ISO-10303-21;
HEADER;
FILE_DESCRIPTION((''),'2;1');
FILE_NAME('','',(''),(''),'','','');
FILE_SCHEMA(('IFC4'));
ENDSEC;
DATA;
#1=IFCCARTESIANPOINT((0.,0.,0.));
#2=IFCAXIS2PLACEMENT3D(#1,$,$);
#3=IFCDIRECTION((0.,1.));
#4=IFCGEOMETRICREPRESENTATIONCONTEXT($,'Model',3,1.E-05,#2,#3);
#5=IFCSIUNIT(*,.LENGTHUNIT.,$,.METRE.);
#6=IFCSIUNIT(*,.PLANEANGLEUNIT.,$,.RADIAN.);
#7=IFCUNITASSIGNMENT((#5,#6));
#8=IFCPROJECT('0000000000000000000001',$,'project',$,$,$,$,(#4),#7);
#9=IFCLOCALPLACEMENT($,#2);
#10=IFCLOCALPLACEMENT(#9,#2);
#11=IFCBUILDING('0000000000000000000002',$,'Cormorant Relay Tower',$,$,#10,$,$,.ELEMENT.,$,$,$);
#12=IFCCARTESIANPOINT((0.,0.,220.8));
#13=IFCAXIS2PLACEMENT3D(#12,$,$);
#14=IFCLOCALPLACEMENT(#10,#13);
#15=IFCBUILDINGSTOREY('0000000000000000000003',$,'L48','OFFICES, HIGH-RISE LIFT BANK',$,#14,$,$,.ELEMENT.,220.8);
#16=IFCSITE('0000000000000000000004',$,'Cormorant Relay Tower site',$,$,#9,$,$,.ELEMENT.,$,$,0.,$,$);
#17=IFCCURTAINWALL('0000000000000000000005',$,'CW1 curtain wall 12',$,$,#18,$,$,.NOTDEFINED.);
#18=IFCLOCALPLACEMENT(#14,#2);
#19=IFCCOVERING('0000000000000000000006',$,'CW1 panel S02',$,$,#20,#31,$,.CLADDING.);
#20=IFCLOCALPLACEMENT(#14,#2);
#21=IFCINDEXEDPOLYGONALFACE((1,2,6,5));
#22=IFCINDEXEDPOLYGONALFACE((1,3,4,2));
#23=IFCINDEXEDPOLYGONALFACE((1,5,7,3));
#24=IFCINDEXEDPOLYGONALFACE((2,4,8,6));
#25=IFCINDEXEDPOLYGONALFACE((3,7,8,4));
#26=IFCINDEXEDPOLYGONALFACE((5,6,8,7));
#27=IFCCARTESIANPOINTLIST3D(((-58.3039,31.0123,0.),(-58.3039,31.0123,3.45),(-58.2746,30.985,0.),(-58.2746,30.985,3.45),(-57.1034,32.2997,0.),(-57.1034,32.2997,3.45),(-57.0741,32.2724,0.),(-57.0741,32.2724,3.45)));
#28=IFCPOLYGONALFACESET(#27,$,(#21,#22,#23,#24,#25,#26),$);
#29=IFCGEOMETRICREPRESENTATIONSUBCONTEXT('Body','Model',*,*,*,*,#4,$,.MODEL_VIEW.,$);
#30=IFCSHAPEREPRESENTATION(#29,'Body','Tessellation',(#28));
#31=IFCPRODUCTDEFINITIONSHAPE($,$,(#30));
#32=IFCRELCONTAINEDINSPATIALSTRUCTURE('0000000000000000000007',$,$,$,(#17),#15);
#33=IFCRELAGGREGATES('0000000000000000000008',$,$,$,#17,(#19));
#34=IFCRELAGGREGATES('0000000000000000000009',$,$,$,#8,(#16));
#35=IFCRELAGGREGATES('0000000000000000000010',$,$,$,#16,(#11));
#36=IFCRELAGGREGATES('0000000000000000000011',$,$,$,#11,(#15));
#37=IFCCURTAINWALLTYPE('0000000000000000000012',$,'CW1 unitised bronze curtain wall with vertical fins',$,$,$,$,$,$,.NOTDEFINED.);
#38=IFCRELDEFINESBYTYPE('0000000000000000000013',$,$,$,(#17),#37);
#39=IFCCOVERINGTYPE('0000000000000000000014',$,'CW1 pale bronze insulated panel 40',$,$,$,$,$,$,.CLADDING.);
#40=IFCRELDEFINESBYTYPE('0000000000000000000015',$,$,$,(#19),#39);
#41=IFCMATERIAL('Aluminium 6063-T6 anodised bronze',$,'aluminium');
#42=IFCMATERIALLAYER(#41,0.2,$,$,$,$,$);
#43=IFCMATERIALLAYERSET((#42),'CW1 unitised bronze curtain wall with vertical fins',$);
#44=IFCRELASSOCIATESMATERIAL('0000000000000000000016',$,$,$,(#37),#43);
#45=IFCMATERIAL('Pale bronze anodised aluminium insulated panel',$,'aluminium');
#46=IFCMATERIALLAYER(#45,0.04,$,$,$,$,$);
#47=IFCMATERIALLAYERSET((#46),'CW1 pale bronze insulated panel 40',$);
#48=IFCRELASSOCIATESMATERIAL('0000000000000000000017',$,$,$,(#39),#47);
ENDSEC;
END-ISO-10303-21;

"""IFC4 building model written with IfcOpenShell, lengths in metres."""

from ifc_helpers import new_model, si_unit, direction, frame, origin, origin_2d, place, context, subcontext, project, spatial, rectangle, extrude, material, layer, layer_set, type_object, element, aggregate, save


model = new_model("IFC4")

# Units and contexts
model_context = context("Model", 3, precision=1e-05, world=origin(), true_north=direction((0.0, 1.0)))
body_context = subcontext(model_context, "Body", "Model", "MODEL_VIEW")
ifc_project = project(units=[si_unit("LENGTHUNIT", "METRE"), si_unit("PLANEANGLEUNIT", "RADIAN")], contexts=[model_context])

# Site, building, storey
site_placement = place(None, origin())
site = spatial("IfcSite", under=ifc_project, at=site_placement, Name="Cormorant Relay Tower site", CompositionType="ELEMENT", RefElevation=0.0)
building_placement = place(site_placement, origin())
building = spatial("IfcBuilding", under=site, at=building_placement, Name="Cormorant Relay Tower", CompositionType="ELEMENT")
storey_placement = place(building_placement, frame((0.0, 0.0, 220.8)))
storey = spatial("IfcBuildingStorey", under=building, at=storey_placement, Name="L48", Description="OFFICES, HIGH-RISE LIFT BANK", CompositionType="ELEMENT", Elevation=220.8)

# Shared definitions
ifc_material_1 = material(Name="Aluminium 6063-T6 anodised bronze", Category="aluminium")
ifc_layer_1 = layer(ifc_material_1, 0.2)
ifc_layer_set_1 = layer_set([ifc_layer_1], Name="CW1 unitised bronze curtain wall with vertical fins")
curtain_wall_type = type_object("IfcCurtainWallType", Name="CW1 unitised bronze curtain wall with vertical fins", PredefinedType="NOTDEFINED", material=ifc_layer_set_1)

# Curtain wall
curtain_wall_1_placement = place(storey_placement, origin())
curtain_wall_1 = element("IfcCurtainWall", 1, at=curtain_wall_1_placement, inside=storey, type_object=curtain_wall_type, Name="CW1 curtain wall 12", PredefinedType="NOTDEFINED")

# Covering
ifc_material_2 = material(Name="Pale bronze anodised aluminium insulated panel", Category="aluminium")
ifc_layer_2 = layer(ifc_material_2, 0.04)
ifc_layer_set_2 = layer_set([ifc_layer_2], Name="CW1 pale bronze insulated panel 40")
covering_type = type_object("IfcCoveringType", Name="CW1 pale bronze insulated panel 40", PredefinedType="CLADDING", material=ifc_layer_set_2)
covering_1_placement = place(storey_placement, frame((-57.689, 31.6423, 0.0), z_axis=(0.0, 0.0, 1.0), x_axis=(-0.681998, -0.731354, 0.0)))
covering_1 = element("IfcCovering", 2, at=covering_1_placement, type_object=covering_type, Name="CW1 panel S02", PredefinedType="CLADDING", context=body_context, shape_type="SweptSolid", body=[
    extrude(rectangle(XDim=1.7603, YDim=0.04, at=origin_2d()), origin(), (0.0, 0.0, 1.0), 3.45),
])
aggregate(curtain_wall_1, [covering_1])

save(model, "model.ifc")
